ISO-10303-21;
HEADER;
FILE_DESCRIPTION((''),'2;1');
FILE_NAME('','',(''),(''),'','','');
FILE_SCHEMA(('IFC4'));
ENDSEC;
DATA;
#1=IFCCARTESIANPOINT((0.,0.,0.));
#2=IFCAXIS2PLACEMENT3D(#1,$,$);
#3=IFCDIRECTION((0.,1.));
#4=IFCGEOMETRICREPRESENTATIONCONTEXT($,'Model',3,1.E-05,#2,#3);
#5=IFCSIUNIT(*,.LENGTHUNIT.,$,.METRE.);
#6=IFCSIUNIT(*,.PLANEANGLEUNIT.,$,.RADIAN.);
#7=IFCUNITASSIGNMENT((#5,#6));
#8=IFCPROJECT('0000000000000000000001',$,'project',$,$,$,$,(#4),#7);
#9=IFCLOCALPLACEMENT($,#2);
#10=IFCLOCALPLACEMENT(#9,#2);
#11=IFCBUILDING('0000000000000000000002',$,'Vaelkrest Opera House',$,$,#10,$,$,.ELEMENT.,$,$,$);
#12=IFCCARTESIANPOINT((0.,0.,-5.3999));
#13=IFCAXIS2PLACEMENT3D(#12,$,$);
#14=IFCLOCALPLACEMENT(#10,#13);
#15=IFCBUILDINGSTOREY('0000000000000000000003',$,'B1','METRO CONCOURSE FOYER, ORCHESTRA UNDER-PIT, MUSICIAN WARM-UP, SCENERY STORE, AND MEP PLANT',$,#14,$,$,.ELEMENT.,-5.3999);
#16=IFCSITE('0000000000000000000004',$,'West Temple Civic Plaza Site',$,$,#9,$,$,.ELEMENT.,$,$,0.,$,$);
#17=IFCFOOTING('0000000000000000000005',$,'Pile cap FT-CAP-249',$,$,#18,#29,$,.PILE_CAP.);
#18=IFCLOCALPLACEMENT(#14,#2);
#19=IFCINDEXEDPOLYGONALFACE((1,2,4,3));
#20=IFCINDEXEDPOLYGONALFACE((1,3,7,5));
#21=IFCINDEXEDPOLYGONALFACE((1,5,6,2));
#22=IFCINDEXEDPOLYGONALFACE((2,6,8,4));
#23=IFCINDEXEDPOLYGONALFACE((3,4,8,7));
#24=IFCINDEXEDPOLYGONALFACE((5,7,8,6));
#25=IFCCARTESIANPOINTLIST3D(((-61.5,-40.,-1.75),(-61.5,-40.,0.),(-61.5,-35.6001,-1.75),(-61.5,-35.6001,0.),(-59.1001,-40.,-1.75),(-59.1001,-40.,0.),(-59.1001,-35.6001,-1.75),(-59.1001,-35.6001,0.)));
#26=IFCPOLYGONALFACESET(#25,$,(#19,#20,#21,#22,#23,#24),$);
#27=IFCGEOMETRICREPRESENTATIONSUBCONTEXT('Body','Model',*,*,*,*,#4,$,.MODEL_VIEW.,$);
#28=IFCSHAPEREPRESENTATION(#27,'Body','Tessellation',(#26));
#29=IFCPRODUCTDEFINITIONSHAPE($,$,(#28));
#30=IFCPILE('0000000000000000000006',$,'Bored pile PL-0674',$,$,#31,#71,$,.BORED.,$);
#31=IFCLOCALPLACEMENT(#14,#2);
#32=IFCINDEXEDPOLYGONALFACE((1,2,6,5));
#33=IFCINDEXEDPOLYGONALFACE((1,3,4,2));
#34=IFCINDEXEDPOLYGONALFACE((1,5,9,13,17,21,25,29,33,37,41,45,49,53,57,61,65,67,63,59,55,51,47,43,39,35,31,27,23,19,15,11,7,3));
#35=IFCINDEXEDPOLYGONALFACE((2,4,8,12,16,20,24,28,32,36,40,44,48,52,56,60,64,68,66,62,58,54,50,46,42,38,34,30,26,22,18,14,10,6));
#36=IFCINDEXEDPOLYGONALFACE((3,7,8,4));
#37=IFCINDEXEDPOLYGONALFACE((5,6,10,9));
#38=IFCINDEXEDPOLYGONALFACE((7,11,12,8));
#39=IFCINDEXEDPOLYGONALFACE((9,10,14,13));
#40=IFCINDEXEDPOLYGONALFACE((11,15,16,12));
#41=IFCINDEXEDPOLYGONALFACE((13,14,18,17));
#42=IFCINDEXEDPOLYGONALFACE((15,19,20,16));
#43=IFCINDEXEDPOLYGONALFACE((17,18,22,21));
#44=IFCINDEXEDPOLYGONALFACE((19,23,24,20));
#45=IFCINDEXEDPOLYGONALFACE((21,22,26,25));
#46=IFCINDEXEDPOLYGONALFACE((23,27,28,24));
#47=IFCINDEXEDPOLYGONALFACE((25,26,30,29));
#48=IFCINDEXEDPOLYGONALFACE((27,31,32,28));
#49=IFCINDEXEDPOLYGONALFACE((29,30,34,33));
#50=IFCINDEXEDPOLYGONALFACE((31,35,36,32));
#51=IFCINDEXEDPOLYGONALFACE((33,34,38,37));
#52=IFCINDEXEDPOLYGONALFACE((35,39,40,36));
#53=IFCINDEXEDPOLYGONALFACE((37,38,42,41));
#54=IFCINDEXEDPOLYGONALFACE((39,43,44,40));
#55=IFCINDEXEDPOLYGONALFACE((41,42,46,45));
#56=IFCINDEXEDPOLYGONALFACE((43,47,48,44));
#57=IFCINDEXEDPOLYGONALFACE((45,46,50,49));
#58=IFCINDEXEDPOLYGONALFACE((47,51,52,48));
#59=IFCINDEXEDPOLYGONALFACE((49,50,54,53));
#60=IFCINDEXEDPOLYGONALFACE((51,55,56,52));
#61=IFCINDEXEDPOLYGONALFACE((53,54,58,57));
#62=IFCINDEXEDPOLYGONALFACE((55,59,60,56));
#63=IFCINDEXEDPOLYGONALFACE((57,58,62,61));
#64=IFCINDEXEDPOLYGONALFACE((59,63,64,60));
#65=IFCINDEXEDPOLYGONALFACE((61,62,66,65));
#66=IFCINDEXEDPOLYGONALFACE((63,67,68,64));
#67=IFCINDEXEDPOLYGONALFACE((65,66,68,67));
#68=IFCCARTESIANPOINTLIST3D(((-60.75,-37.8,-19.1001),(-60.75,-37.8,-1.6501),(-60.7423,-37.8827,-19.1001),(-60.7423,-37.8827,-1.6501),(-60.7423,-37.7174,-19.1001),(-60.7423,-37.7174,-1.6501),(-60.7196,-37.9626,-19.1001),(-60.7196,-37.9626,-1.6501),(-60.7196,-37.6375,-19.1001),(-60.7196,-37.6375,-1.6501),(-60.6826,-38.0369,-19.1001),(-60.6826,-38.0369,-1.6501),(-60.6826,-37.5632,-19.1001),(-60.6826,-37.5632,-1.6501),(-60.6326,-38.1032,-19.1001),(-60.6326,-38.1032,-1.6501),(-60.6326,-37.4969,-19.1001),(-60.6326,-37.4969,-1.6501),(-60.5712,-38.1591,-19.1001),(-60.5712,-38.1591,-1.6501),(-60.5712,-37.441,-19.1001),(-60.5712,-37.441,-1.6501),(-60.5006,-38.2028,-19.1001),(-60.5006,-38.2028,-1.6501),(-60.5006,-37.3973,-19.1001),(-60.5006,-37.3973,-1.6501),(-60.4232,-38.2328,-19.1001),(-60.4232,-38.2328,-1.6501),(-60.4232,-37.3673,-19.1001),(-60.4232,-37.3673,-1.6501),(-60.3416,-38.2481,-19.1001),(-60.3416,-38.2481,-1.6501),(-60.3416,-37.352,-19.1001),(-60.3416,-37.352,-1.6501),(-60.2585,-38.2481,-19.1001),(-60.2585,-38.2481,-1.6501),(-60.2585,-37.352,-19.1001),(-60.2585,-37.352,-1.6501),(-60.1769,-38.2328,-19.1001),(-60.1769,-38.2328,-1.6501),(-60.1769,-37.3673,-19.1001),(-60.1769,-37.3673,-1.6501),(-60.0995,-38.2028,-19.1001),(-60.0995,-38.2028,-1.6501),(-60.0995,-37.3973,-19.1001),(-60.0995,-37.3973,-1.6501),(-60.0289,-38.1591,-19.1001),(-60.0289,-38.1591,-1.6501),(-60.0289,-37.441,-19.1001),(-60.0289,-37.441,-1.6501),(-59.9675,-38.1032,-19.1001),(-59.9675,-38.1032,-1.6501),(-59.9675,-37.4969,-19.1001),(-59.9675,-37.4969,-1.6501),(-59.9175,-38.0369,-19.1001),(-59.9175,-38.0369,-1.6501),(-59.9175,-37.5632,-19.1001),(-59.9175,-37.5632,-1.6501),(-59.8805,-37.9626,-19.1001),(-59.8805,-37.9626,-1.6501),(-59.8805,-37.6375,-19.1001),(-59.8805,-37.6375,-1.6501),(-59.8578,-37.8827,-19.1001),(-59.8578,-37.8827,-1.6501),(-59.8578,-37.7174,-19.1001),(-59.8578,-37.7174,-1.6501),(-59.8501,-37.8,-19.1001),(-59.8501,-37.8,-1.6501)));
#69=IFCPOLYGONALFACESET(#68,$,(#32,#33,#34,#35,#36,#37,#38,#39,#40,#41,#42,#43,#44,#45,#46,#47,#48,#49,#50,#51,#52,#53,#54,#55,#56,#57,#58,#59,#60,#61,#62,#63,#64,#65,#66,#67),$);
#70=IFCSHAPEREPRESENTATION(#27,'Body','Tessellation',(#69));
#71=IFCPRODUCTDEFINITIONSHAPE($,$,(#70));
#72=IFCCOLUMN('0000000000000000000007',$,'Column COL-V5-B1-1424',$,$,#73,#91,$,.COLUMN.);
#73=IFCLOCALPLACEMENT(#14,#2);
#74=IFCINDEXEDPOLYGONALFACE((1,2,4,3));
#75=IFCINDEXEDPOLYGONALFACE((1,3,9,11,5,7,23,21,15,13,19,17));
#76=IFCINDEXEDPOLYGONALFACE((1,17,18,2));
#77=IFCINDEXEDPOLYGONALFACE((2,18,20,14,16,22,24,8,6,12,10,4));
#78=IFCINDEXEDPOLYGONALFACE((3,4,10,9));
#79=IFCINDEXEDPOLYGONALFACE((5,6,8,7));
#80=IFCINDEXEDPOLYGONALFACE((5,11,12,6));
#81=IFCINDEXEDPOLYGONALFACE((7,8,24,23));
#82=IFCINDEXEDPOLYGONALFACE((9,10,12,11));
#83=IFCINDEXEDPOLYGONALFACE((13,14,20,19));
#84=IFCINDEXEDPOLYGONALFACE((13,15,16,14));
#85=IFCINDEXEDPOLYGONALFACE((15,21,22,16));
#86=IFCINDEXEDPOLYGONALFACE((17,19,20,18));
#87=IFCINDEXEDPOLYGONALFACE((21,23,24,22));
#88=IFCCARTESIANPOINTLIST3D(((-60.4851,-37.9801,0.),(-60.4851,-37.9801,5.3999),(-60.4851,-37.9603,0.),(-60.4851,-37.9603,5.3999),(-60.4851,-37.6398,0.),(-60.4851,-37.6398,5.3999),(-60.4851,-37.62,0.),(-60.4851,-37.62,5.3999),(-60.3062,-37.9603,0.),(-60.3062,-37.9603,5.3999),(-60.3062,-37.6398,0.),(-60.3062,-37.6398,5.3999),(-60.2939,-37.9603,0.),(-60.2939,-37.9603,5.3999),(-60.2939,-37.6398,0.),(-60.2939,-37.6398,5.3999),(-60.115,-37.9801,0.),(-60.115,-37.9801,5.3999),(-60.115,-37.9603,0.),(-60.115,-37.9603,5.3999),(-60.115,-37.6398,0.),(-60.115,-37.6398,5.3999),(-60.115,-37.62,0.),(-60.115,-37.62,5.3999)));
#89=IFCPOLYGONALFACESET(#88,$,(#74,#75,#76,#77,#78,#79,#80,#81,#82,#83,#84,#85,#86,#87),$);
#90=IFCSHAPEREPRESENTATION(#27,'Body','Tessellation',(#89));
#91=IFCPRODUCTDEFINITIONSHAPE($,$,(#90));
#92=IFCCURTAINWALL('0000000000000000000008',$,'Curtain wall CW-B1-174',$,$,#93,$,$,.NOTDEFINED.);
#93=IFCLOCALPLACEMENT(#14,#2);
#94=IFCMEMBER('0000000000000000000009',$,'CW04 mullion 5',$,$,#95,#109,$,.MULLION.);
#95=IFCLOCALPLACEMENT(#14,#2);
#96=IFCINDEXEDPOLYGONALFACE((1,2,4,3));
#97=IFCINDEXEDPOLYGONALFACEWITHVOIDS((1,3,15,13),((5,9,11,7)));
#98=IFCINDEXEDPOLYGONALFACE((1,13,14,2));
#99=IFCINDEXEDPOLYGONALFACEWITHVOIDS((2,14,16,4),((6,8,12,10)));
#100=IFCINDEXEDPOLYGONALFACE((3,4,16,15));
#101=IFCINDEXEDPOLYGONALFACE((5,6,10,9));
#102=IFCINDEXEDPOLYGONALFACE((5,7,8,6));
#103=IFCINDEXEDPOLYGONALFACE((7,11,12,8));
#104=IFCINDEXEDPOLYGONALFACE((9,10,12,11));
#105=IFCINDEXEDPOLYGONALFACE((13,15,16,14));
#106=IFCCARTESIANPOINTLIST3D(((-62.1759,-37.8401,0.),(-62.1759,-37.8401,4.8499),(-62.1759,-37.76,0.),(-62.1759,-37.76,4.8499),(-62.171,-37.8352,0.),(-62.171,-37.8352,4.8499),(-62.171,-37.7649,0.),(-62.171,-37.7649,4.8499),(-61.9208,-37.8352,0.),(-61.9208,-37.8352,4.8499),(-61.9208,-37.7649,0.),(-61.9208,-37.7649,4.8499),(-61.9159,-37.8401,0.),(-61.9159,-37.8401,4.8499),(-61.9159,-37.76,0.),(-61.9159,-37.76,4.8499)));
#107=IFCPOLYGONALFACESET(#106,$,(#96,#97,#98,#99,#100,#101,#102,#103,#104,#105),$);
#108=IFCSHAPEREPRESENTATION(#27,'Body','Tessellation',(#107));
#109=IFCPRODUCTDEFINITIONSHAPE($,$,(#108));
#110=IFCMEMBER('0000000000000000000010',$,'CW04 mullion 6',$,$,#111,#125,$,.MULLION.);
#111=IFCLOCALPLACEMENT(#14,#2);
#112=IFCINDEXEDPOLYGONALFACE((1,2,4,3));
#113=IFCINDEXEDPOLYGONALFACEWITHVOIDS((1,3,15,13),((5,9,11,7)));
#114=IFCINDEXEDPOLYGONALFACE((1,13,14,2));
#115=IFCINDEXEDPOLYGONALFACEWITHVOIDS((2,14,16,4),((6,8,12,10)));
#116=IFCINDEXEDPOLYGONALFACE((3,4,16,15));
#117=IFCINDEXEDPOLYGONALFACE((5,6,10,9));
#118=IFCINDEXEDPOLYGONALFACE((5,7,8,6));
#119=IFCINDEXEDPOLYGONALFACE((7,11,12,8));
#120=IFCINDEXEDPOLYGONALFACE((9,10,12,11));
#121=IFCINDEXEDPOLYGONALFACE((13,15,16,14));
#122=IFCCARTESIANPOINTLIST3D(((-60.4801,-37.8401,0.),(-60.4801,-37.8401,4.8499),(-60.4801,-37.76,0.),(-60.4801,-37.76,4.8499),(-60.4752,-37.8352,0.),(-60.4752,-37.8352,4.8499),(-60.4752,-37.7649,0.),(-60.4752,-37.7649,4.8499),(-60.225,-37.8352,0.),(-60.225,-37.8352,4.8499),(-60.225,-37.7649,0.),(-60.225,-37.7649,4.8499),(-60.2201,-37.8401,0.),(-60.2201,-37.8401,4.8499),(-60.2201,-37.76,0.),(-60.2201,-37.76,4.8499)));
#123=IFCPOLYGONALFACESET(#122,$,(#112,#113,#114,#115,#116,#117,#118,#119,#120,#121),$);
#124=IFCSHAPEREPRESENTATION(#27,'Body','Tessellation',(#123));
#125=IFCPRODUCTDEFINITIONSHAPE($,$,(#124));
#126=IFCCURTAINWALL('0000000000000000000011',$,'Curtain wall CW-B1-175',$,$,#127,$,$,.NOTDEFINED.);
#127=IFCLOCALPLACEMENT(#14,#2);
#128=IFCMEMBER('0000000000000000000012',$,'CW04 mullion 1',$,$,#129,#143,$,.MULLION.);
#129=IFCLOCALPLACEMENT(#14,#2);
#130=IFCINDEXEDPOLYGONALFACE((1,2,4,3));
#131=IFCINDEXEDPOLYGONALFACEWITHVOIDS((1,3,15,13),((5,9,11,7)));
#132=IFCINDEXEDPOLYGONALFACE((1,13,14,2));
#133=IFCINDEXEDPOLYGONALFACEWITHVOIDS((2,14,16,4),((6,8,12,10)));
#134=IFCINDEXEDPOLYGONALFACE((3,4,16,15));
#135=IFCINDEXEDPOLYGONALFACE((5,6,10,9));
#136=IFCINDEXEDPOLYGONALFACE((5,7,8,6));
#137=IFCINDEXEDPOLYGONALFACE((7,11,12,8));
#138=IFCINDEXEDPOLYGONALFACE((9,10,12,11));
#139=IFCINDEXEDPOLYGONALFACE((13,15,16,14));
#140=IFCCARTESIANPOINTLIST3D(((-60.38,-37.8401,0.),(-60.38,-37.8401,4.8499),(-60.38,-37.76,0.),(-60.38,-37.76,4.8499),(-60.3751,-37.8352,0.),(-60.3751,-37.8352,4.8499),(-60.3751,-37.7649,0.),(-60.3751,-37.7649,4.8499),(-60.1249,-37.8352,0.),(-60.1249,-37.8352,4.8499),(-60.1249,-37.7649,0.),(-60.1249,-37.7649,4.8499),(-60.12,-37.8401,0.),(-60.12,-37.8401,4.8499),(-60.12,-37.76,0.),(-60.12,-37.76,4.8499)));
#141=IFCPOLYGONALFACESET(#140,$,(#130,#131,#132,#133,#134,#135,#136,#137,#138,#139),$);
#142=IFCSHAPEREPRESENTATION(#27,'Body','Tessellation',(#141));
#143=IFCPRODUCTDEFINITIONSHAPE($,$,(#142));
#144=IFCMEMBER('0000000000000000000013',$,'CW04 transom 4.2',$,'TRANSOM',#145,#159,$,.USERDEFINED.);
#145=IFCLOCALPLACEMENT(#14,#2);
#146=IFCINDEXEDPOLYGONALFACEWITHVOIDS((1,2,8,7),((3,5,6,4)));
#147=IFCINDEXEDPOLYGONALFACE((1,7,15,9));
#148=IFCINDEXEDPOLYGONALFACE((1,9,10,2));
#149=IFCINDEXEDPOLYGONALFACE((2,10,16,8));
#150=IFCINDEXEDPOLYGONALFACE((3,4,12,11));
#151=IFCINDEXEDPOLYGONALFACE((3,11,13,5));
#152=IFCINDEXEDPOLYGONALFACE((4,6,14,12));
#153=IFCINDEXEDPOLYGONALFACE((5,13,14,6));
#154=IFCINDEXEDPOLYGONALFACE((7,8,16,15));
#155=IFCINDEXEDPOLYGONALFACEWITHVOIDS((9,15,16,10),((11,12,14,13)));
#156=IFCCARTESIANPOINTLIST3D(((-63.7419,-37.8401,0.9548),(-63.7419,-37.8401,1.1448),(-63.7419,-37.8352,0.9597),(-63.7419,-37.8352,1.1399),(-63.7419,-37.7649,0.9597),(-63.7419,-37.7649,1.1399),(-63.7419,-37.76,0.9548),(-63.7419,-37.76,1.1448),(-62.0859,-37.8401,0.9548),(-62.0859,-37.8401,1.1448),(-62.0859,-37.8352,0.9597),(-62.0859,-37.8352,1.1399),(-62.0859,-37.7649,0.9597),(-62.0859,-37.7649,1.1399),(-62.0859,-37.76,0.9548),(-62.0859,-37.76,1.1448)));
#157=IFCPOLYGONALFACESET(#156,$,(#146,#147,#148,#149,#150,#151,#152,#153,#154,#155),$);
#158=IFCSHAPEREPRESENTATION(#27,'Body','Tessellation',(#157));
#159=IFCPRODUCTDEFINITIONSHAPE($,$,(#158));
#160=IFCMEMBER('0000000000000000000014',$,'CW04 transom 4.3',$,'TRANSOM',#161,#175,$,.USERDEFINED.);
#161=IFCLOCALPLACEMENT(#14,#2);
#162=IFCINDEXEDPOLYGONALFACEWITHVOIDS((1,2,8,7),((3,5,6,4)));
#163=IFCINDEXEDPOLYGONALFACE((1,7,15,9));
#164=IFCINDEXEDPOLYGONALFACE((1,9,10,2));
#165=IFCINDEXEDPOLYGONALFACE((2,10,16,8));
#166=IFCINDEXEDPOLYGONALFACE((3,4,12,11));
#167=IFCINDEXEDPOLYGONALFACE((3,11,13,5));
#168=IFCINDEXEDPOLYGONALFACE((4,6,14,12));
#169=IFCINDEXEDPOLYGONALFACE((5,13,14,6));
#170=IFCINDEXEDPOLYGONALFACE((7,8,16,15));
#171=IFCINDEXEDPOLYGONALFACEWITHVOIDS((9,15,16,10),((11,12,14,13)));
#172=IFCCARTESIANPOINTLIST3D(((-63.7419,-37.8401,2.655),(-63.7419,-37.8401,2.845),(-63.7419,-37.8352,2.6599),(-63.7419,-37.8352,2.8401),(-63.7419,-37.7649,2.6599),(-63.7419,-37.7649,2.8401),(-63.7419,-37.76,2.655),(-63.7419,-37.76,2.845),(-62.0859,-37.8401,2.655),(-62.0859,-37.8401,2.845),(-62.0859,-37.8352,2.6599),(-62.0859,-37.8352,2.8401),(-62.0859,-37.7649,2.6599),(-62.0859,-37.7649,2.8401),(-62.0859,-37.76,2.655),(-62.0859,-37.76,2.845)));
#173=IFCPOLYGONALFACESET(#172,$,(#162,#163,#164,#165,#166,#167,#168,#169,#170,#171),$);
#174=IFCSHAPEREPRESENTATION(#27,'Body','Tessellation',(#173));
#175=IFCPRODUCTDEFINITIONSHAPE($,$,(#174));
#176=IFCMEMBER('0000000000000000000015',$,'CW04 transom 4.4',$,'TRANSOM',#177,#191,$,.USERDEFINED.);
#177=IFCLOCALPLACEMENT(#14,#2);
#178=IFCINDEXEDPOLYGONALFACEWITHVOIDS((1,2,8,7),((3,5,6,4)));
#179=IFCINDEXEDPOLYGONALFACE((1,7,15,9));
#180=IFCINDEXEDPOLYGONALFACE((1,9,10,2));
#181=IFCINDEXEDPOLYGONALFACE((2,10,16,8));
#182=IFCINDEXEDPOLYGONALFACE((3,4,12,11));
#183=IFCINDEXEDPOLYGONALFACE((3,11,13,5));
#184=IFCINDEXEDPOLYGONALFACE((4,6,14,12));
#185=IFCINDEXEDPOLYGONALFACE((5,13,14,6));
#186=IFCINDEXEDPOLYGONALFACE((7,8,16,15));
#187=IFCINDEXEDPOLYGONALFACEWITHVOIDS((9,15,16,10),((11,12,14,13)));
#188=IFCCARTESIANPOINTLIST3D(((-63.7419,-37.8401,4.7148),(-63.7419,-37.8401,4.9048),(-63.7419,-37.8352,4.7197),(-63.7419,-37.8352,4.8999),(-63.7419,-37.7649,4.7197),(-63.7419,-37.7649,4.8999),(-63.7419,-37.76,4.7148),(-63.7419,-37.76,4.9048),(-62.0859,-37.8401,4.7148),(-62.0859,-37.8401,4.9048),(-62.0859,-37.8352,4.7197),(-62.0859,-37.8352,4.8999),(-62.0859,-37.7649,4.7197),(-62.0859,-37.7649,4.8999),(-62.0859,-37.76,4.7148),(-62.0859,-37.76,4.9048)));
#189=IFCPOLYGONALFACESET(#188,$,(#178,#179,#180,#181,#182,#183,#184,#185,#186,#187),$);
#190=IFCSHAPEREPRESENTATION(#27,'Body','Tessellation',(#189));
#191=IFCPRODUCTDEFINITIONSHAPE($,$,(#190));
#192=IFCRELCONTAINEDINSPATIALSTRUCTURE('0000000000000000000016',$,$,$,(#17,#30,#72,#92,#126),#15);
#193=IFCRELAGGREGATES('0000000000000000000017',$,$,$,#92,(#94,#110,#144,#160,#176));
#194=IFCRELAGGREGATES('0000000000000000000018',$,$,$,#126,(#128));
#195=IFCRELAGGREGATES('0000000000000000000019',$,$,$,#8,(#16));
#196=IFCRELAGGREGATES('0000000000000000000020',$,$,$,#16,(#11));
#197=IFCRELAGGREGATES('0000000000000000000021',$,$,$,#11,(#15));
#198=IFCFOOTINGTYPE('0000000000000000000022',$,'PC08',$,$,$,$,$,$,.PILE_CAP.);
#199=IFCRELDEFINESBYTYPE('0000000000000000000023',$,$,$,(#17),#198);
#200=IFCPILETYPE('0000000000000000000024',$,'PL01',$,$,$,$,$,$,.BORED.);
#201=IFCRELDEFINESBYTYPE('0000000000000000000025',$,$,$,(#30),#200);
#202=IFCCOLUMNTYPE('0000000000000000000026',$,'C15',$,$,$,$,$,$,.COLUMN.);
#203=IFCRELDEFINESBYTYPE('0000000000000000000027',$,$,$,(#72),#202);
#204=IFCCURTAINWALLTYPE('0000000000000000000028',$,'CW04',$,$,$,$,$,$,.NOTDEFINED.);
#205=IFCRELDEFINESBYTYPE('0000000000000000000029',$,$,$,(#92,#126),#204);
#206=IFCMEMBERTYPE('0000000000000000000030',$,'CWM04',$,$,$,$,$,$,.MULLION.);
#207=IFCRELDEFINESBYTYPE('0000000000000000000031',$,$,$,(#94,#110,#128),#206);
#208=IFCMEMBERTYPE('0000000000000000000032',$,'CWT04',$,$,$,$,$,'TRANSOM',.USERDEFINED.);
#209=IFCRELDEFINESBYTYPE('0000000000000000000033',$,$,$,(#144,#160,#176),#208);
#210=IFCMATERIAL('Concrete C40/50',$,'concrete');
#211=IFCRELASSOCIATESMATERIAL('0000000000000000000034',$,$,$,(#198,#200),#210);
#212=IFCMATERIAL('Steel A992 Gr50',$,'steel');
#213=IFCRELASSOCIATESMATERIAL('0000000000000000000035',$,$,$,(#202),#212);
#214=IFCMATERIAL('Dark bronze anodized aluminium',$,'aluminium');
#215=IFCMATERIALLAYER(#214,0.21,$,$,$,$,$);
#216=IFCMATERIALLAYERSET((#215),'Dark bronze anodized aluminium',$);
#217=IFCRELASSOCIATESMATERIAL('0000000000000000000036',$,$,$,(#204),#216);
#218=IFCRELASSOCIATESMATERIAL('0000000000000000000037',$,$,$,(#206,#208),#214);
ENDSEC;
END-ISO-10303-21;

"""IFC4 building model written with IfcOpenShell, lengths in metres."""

from ifc_helpers import new_model, si_unit, direction, frame, origin, origin_2d, place, context, subcontext, project, spatial, rectangle, hollow_rectangle, circle, i_section, extrude, material, layer, layer_set, material_profile, profile_set, type_object, element, aggregate, save


model = new_model("IFC4")

# Units and contexts
model_context = context("Model", 3, precision=1e-05, world=origin(), true_north=direction((0.0, 1.0)))
body_context = subcontext(model_context, "Body", "Model", "MODEL_VIEW")
ifc_project = project(units=[si_unit("LENGTHUNIT", "METRE"), si_unit("PLANEANGLEUNIT", "RADIAN")], contexts=[model_context])

# Site, building, storey
site_placement = place(None, origin())
site = spatial("IfcSite", under=ifc_project, at=site_placement, Name="West Temple Civic Plaza Site", CompositionType="ELEMENT", RefElevation=0.0)
building_placement = place(site_placement, origin())
building = spatial("IfcBuilding", under=site, at=building_placement, Name="Vaelkrest Opera House", CompositionType="ELEMENT")
storey_placement = place(building_placement, frame((0.0, 0.0, -5.3999)))
storey = spatial("IfcBuildingStorey", under=building, at=storey_placement, Name="B1", Description="METRO CONCOURSE FOYER, ORCHESTRA UNDER-PIT, MUSICIAN WARM-UP, SCENERY STORE, AND MEP PLANT", CompositionType="ELEMENT", Elevation=-5.3999)

# Footing
ifc_material_1 = material(Name="Concrete C40/50", Category="concrete")
footing_type = type_object("IfcFootingType", Name="PC08", PredefinedType="PILE_CAP", material=ifc_material_1)
footing_placement = place(storey_placement, frame((-60.3, -37.8, -1.75), z_axis=(0.0, 0.0, 1.0), x_axis=(1.0, 0.0, 0.0)))
element("IfcFooting", 1, at=footing_placement, inside=storey, type_object=footing_type, Name="Pile cap FT-CAP-249", PredefinedType="PILE_CAP", context=body_context, shape_type="SweptSolid", body=[
    extrude(rectangle(XDim=2.3999, YDim=4.3999, at=origin_2d()), origin(), (0.0, 0.0, 1.0), 1.75),
])

# Pile
ifc_material_profile_1 = material_profile(ifc_material_1, circle(Radius=0.45, at=origin_2d()), Name="PILE900")
ifc_profile_set_1 = profile_set([ifc_material_profile_1], Name="Concrete C40/50")
pile_type = type_object("IfcPileType", Name="PL01", PredefinedType="BORED", material=ifc_profile_set_1)
pile_placement = place(storey_placement, frame((-60.3, -37.8, -1.6501), z_axis=(0.0, 0.0, -1.0), x_axis=(1.0, 0.0, 0.0)))
element("IfcPile", 2, at=pile_placement, inside=storey, type_object=pile_type, Name="Bored pile PL-0674", PredefinedType="BORED", context=body_context, shape_type="SweptSolid", body=[
    extrude(circle(Radius=0.45, at=origin_2d()), origin(), (0.0, 0.0, 1.0), 17.45),
])

# Column
ifc_material_2 = material(Name="Steel A992 Gr50", Category="steel")
ifc_material_profile_2 = material_profile(ifc_material_2, i_section(OverallWidth=0.3701, OverallDepth=0.3601, WebThickness=0.0122, FlangeThickness=0.0198, at=origin_2d()), Name="W14X99")
ifc_profile_set_2 = profile_set([ifc_material_profile_2], Name="Steel A992 Gr50")
column_type = type_object("IfcColumnType", Name="C15", PredefinedType="COLUMN", material=ifc_profile_set_2)
column_placement = place(storey_placement, frame((-60.3, -37.8, 0.0), z_axis=(0.0, 0.0, 1.0), x_axis=(1.0, 0.0, 0.0)))
element("IfcColumn", 3, at=column_placement, inside=storey, type_object=column_type, Name="Column COL-V5-B1-1424", PredefinedType="COLUMN", context=body_context, shape_type="SweptSolid", body=[
    extrude(i_section(OverallWidth=0.3701, OverallDepth=0.3601, WebThickness=0.0122, FlangeThickness=0.0198, at=origin_2d()), origin(), (0.0, 0.0, 1.0), 5.3999),
])

# Curtain wall, members
ifc_material_3 = material(Name="Dark bronze anodized aluminium", Category="aluminium")
ifc_layer_1 = layer(ifc_material_3, 0.21)
ifc_layer_set_1 = layer_set([ifc_layer_1], Name="Dark bronze anodized aluminium")
curtain_wall_type = type_object("IfcCurtainWallType", Name="CW04", PredefinedType="NOTDEFINED", material=ifc_layer_set_1)
curtain_wall_1_placement = place(storey_placement, origin())
curtain_wall_1 = element("IfcCurtainWall", 4, at=curtain_wall_1_placement, inside=storey, type_object=curtain_wall_type, Name="Curtain wall CW-B1-174", PredefinedType="NOTDEFINED")
ifc_material_profile_3 = material_profile(ifc_material_3, hollow_rectangle(XDim=0.0801, YDim=0.26, WallThickness=0.0049, at=origin_2d()), Name="CWM80X260")
ifc_profile_set_3 = profile_set([ifc_material_profile_3], Name="Dark bronze anodized aluminium")
member_type_1 = type_object("IfcMemberType", Name="CWM04", PredefinedType="MULLION", material=ifc_profile_set_3)
member_1_placement = place(storey_placement, frame((-62.0459, -37.8, 0.0), z_axis=(0.0, 0.0, 1.0), x_axis=(0.0, 1.0, 0.0)))
member_1 = element("IfcMember", 5, at=member_1_placement, type_object=member_type_1, Name="CW04 mullion 5", PredefinedType="MULLION", context=body_context, shape_type="SweptSolid", body=[
    extrude(hollow_rectangle(XDim=0.0801, YDim=0.26, WallThickness=0.0049, at=origin_2d()), origin(), (0.0, 0.0, 1.0), 4.8499),
])
member_2_placement = place(storey_placement, frame((-60.3501, -37.8, 0.0), z_axis=(0.0, 0.0, 1.0), x_axis=(0.0, 1.0, 0.0)))
member_2 = element("IfcMember", 6, at=member_2_placement, type_object=member_type_1, Name="CW04 mullion 6", PredefinedType="MULLION", context=body_context, shape_type="SweptSolid", body=[
    extrude(hollow_rectangle(XDim=0.0801, YDim=0.26, WallThickness=0.0049, at=origin_2d()), origin(), (0.0, 0.0, 1.0), 4.8499),
])

# Curtain wall, member
curtain_wall_2_placement = place(storey_placement, origin())
curtain_wall_2 = element("IfcCurtainWall", 7, at=curtain_wall_2_placement, inside=storey, type_object=curtain_wall_type, Name="Curtain wall CW-B1-175", PredefinedType="NOTDEFINED")
member_3_placement = place(storey_placement, frame((-60.25, -37.8, 0.0), z_axis=(0.0, 0.0, 1.0), x_axis=(0.0, 1.0, 0.0)))
member_3 = element("IfcMember", 8, at=member_3_placement, type_object=member_type_1, Name="CW04 mullion 1", PredefinedType="MULLION", context=body_context, shape_type="SweptSolid", body=[
    extrude(hollow_rectangle(XDim=0.0801, YDim=0.26, WallThickness=0.0049, at=origin_2d()), origin(), (0.0, 0.0, 1.0), 4.8499),
])

# Members
ifc_material_profile_4 = material_profile(ifc_material_3, hollow_rectangle(XDim=0.0801, YDim=0.1899, WallThickness=0.0049, at=origin_2d()), Name="CWT80X190")
ifc_profile_set_4 = profile_set([ifc_material_profile_4], Name="Dark bronze anodized aluminium")
member_type_2 = type_object("IfcMemberType", Name="CWT04", ElementType="TRANSOM", PredefinedType="USERDEFINED", material=ifc_profile_set_4)
member_4_placement = place(storey_placement, frame((-63.7419, -37.8, 1.0498), z_axis=(1.0, 0.0, 0.0), x_axis=(0.0, 1.0, 0.0)))
member_4 = element("IfcMember", 9, at=member_4_placement, type_object=member_type_2, Name="CW04 transom 4.2", ObjectType="TRANSOM", PredefinedType="USERDEFINED", context=body_context, shape_type="SweptSolid", body=[
    extrude(hollow_rectangle(XDim=0.0801, YDim=0.1899, WallThickness=0.0049, at=origin_2d()), origin(), (0.0, 0.0, 1.0), 1.656),
])
member_5_placement = place(storey_placement, frame((-63.7419, -37.8, 2.75), z_axis=(1.0, 0.0, 0.0), x_axis=(0.0, 1.0, 0.0)))
member_5 = element("IfcMember", 10, at=member_5_placement, type_object=member_type_2, Name="CW04 transom 4.3", ObjectType="TRANSOM", PredefinedType="USERDEFINED", context=body_context, shape_type="SweptSolid", body=[
    extrude(hollow_rectangle(XDim=0.0801, YDim=0.1899, WallThickness=0.0049, at=origin_2d()), origin(), (0.0, 0.0, 1.0), 1.656),
])
member_6_placement = place(storey_placement, frame((-63.7419, -37.8, 4.8098), z_axis=(1.0, 0.0, 0.0), x_axis=(0.0, 1.0, 0.0)))
member_6 = element("IfcMember", 11, at=member_6_placement, type_object=member_type_2, Name="CW04 transom 4.4", ObjectType="TRANSOM", PredefinedType="USERDEFINED", context=body_context, shape_type="SweptSolid", body=[
    extrude(hollow_rectangle(XDim=0.0801, YDim=0.1899, WallThickness=0.0049, at=origin_2d()), origin(), (0.0, 0.0, 1.0), 1.656),
])

aggregate(curtain_wall_1, [member_1, member_2, member_4, member_5, member_6])
aggregate(curtain_wall_2, [member_3])

save(model, "model.ifc")
